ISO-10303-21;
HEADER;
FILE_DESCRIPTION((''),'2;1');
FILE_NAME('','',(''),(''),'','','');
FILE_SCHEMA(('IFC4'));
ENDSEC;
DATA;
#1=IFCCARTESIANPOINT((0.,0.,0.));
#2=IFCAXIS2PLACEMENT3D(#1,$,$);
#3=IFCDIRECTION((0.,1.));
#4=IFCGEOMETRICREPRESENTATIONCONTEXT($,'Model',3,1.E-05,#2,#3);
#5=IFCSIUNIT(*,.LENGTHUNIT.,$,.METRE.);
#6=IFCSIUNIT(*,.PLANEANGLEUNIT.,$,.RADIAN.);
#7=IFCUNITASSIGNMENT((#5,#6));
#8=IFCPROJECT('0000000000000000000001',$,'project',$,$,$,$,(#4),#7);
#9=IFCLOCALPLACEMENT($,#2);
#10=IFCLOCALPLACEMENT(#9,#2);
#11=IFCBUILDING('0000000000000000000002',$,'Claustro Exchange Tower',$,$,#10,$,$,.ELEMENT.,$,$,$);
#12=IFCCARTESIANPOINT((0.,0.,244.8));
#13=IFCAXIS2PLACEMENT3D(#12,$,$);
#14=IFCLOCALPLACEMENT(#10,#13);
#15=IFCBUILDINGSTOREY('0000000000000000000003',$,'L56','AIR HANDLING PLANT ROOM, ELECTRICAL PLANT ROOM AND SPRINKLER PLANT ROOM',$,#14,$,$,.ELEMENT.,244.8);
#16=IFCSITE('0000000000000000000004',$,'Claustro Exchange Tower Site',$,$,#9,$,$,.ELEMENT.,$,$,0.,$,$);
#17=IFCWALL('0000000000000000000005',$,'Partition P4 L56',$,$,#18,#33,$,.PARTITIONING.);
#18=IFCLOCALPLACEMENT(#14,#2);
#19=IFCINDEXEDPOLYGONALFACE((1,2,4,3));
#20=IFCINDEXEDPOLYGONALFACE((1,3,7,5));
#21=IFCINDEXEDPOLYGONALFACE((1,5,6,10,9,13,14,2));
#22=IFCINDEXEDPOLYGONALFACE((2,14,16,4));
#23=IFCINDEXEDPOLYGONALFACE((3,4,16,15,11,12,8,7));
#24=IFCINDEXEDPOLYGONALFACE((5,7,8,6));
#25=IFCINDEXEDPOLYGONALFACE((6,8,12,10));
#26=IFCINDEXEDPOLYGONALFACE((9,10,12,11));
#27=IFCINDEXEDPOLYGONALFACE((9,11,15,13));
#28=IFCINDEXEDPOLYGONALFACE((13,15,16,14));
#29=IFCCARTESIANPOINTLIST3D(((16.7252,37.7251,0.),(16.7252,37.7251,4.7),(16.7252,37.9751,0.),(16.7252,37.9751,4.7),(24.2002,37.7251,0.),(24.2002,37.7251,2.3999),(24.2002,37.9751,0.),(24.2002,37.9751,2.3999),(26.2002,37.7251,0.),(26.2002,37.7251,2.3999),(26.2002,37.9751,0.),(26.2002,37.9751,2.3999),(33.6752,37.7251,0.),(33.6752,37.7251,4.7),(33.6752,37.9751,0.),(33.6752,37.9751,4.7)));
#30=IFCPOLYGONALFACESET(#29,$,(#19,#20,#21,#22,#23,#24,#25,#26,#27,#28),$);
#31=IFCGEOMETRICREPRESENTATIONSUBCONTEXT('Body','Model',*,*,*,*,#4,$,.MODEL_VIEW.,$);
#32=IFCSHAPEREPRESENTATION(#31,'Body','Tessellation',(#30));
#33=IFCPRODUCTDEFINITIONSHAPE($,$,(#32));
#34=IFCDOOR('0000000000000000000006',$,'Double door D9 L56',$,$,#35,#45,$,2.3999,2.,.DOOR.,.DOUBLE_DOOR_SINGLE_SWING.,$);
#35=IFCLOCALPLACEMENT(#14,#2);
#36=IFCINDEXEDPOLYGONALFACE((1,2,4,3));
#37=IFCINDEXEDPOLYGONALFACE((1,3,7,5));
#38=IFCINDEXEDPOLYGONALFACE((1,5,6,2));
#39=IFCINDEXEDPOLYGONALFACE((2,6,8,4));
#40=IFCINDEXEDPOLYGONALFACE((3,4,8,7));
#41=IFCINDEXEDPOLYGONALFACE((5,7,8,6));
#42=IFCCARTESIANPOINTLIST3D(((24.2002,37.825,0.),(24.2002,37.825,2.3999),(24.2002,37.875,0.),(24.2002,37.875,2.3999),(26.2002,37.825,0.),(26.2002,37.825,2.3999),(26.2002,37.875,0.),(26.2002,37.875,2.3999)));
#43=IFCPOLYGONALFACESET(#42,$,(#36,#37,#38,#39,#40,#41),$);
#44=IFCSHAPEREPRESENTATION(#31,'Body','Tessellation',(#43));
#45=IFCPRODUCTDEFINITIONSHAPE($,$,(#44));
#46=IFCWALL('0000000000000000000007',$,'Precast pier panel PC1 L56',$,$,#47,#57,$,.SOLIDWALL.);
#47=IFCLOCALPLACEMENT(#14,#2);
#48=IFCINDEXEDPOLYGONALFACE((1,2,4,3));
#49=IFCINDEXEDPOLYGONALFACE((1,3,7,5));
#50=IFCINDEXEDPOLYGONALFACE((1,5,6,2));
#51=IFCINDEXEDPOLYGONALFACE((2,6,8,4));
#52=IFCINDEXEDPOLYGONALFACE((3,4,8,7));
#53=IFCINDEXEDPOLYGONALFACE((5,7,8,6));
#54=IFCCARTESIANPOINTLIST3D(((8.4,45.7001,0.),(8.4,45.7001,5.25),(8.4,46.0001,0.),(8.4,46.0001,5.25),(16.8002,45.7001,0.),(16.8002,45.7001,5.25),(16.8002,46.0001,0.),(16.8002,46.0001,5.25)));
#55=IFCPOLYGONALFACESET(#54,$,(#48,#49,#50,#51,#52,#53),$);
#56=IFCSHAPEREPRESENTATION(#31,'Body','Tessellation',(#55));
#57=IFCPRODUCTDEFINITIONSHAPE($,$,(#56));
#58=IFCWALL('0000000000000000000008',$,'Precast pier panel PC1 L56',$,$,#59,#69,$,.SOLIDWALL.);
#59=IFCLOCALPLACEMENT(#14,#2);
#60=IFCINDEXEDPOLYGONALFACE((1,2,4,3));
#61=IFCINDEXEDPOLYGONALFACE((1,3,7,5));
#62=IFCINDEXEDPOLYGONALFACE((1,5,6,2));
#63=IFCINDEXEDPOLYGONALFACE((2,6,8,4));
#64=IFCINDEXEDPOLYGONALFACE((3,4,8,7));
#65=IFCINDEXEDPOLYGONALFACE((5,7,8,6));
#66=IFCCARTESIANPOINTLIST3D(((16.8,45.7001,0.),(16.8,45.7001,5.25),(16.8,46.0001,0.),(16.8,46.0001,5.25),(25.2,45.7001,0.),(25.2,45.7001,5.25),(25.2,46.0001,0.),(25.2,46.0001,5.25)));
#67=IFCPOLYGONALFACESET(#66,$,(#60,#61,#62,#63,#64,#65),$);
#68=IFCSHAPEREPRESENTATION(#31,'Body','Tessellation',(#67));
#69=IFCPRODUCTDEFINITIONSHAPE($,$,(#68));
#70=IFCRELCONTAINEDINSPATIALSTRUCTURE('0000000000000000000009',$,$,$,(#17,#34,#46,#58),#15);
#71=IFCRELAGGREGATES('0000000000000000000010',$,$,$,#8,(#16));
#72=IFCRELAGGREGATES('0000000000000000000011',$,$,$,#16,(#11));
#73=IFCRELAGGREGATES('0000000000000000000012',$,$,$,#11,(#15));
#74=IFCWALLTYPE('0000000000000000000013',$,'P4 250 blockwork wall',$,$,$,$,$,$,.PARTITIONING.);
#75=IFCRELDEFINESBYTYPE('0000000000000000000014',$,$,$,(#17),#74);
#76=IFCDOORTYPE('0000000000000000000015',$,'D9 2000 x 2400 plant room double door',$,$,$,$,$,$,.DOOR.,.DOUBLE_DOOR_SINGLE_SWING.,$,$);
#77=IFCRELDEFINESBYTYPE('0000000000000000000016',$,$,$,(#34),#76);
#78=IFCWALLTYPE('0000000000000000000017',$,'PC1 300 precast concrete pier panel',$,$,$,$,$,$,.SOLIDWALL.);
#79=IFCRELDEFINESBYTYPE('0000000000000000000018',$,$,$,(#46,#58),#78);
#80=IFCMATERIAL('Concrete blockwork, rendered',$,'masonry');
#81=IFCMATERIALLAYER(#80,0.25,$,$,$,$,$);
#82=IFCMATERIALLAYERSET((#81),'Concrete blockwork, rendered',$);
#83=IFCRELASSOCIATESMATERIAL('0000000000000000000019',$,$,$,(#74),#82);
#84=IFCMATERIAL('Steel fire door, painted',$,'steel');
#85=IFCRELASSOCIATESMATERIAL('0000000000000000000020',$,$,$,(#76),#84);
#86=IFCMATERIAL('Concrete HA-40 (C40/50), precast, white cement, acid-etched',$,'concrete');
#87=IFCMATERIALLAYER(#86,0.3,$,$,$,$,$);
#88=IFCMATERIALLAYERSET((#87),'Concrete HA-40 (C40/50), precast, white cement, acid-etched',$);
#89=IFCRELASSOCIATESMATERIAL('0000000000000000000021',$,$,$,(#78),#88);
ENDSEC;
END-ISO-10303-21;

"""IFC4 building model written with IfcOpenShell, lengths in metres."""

from ifc_helpers import new_model, si_unit, direction, frame, frame_2d, origin, place, context, subcontext, project, spatial, rectangle, extrude, material, layer, layer_set, type_object, element, fill, save


model = new_model("IFC4")

# Units and contexts
model_context = context("Model", 3, precision=1e-05, world=origin(), true_north=direction((0.0, 1.0)))
body_context = subcontext(model_context, "Body", "Model", "MODEL_VIEW")
ifc_project = project(units=[si_unit("LENGTHUNIT", "METRE"), si_unit("PLANEANGLEUNIT", "RADIAN")], contexts=[model_context])

# Site, building, storey
site_placement = place(None, origin())
site = spatial("IfcSite", under=ifc_project, at=site_placement, Name="Claustro Exchange Tower Site", CompositionType="ELEMENT", RefElevation=0.0)
building_placement = place(site_placement, origin())
building = spatial("IfcBuilding", under=site, at=building_placement, Name="Claustro Exchange Tower", CompositionType="ELEMENT")
storey_placement = place(building_placement, frame((0.0, 0.0, 244.8)))
storey = spatial("IfcBuildingStorey", under=building, at=storey_placement, Name="L56", Description="AIR HANDLING PLANT ROOM, ELECTRICAL PLANT ROOM AND SPRINKLER PLANT ROOM", CompositionType="ELEMENT", Elevation=244.8)

# Wall, opening, door
ifc_material_1 = material(Name="Concrete blockwork, rendered", Category="masonry")
ifc_layer_1 = layer(ifc_material_1, 0.25)
ifc_layer_set_1 = layer_set([ifc_layer_1], Name="Concrete blockwork, rendered")
wall_type_1 = type_object("IfcWallType", Name="P4 250 blockwork wall", PredefinedType="PARTITIONING", material=ifc_layer_set_1)
wall_1_placement = place(storey_placement, frame((16.7251, 37.8501, 0.0), z_axis=(0.0, 0.0, 1.0), x_axis=(1.0, 0.0, 0.0)))
wall_1 = element("IfcWall", 1, at=wall_1_placement, inside=storey, type_object=wall_type_1, Name="Partition P4 L56", PredefinedType="PARTITIONING", context=body_context, shape_type="SweptSolid", body=[
    extrude(rectangle(XDim=16.95, YDim=0.25, at=frame_2d((8.4751, 0.0))), origin(), (0.0, 0.0, 1.0), 4.7),
])
opening_placement = place(wall_1_placement, frame((7.4751, 0.0, 0.0)))
opening = element("IfcOpeningElement", 2, at=opening_placement, cuts=wall_1, PredefinedType="OPENING", context=body_context, shape_type="SweptSolid", body=[
    extrude(rectangle(XDim=2.0, YDim=2.3999, at=frame_2d((1.0, 1.2))), frame((0.0, 0.135, 0.0), z_axis=(0.0, -1.0, 0.0), x_axis=(1.0, 0.0, 0.0)), (0.0, 0.0, 1.0), 0.27),
])
ifc_material_2 = material(Name="Steel fire door, painted", Category="steel")
door_type = type_object("IfcDoorType", Name="D9 2000 x 2400 plant room double door", OperationType="DOUBLE_DOOR_SINGLE_SWING", PredefinedType="DOOR", material=ifc_material_2)
door_placement = place(opening_placement, origin())
door = element("IfcDoor", 3, at=door_placement, inside=storey, type_object=door_type, Name="Double door D9 L56", OperationType="DOUBLE_DOOR_SINGLE_SWING", OverallHeight=2.3999, OverallWidth=2.0, PredefinedType="DOOR", context=body_context, shape_type="SweptSolid", body=[
    extrude(rectangle(XDim=2.0, YDim=2.3999, at=frame_2d((1.0, 1.2))), frame((0.0, 0.0249, 0.0), z_axis=(0.0, -1.0, 0.0), x_axis=(1.0, 0.0, 0.0)), (0.0, 0.0, 1.0), 0.05),
])
fill(opening, door)

# Walls
ifc_material_3 = material(Name="Concrete HA-40 (C40/50), precast, white cement, acid-etched", Category="concrete")
ifc_layer_2 = layer(ifc_material_3, 0.3)
ifc_layer_set_2 = layer_set([ifc_layer_2], Name="Concrete HA-40 (C40/50), precast, white cement, acid-etched")
wall_type_2 = type_object("IfcWallType", Name="PC1 300 precast concrete pier panel", PredefinedType="SOLIDWALL", material=ifc_layer_set_2)
wall_2_placement = place(storey_placement, frame((8.3999, 45.8501, 0.0), z_axis=(0.0, 0.0, 1.0), x_axis=(1.0, 0.0, 0.0)))
element("IfcWall", 4, at=wall_2_placement, inside=storey, type_object=wall_type_2, Name="Precast pier panel PC1 L56", PredefinedType="SOLIDWALL", context=body_context, shape_type="SweptSolid", body=[
    extrude(rectangle(XDim=8.4001, YDim=0.3, at=frame_2d((4.2002, 0.0))), origin(), (0.0, 0.0, 1.0), 5.25),
])
wall_3_placement = place(storey_placement, frame((16.8, 45.8501, 0.0), z_axis=(0.0, 0.0, 1.0), x_axis=(1.0, 0.0, 0.0)))
element("IfcWall", 5, at=wall_3_placement, inside=storey, type_object=wall_type_2, Name="Precast pier panel PC1 L56", PredefinedType="SOLIDWALL", context=body_context, shape_type="SweptSolid", body=[
    extrude(rectangle(XDim=8.3999, YDim=0.3, at=frame_2d((4.2, 0.0))), origin(), (0.0, 0.0, 1.0), 5.25),
])

save(model, "model.ifc")
